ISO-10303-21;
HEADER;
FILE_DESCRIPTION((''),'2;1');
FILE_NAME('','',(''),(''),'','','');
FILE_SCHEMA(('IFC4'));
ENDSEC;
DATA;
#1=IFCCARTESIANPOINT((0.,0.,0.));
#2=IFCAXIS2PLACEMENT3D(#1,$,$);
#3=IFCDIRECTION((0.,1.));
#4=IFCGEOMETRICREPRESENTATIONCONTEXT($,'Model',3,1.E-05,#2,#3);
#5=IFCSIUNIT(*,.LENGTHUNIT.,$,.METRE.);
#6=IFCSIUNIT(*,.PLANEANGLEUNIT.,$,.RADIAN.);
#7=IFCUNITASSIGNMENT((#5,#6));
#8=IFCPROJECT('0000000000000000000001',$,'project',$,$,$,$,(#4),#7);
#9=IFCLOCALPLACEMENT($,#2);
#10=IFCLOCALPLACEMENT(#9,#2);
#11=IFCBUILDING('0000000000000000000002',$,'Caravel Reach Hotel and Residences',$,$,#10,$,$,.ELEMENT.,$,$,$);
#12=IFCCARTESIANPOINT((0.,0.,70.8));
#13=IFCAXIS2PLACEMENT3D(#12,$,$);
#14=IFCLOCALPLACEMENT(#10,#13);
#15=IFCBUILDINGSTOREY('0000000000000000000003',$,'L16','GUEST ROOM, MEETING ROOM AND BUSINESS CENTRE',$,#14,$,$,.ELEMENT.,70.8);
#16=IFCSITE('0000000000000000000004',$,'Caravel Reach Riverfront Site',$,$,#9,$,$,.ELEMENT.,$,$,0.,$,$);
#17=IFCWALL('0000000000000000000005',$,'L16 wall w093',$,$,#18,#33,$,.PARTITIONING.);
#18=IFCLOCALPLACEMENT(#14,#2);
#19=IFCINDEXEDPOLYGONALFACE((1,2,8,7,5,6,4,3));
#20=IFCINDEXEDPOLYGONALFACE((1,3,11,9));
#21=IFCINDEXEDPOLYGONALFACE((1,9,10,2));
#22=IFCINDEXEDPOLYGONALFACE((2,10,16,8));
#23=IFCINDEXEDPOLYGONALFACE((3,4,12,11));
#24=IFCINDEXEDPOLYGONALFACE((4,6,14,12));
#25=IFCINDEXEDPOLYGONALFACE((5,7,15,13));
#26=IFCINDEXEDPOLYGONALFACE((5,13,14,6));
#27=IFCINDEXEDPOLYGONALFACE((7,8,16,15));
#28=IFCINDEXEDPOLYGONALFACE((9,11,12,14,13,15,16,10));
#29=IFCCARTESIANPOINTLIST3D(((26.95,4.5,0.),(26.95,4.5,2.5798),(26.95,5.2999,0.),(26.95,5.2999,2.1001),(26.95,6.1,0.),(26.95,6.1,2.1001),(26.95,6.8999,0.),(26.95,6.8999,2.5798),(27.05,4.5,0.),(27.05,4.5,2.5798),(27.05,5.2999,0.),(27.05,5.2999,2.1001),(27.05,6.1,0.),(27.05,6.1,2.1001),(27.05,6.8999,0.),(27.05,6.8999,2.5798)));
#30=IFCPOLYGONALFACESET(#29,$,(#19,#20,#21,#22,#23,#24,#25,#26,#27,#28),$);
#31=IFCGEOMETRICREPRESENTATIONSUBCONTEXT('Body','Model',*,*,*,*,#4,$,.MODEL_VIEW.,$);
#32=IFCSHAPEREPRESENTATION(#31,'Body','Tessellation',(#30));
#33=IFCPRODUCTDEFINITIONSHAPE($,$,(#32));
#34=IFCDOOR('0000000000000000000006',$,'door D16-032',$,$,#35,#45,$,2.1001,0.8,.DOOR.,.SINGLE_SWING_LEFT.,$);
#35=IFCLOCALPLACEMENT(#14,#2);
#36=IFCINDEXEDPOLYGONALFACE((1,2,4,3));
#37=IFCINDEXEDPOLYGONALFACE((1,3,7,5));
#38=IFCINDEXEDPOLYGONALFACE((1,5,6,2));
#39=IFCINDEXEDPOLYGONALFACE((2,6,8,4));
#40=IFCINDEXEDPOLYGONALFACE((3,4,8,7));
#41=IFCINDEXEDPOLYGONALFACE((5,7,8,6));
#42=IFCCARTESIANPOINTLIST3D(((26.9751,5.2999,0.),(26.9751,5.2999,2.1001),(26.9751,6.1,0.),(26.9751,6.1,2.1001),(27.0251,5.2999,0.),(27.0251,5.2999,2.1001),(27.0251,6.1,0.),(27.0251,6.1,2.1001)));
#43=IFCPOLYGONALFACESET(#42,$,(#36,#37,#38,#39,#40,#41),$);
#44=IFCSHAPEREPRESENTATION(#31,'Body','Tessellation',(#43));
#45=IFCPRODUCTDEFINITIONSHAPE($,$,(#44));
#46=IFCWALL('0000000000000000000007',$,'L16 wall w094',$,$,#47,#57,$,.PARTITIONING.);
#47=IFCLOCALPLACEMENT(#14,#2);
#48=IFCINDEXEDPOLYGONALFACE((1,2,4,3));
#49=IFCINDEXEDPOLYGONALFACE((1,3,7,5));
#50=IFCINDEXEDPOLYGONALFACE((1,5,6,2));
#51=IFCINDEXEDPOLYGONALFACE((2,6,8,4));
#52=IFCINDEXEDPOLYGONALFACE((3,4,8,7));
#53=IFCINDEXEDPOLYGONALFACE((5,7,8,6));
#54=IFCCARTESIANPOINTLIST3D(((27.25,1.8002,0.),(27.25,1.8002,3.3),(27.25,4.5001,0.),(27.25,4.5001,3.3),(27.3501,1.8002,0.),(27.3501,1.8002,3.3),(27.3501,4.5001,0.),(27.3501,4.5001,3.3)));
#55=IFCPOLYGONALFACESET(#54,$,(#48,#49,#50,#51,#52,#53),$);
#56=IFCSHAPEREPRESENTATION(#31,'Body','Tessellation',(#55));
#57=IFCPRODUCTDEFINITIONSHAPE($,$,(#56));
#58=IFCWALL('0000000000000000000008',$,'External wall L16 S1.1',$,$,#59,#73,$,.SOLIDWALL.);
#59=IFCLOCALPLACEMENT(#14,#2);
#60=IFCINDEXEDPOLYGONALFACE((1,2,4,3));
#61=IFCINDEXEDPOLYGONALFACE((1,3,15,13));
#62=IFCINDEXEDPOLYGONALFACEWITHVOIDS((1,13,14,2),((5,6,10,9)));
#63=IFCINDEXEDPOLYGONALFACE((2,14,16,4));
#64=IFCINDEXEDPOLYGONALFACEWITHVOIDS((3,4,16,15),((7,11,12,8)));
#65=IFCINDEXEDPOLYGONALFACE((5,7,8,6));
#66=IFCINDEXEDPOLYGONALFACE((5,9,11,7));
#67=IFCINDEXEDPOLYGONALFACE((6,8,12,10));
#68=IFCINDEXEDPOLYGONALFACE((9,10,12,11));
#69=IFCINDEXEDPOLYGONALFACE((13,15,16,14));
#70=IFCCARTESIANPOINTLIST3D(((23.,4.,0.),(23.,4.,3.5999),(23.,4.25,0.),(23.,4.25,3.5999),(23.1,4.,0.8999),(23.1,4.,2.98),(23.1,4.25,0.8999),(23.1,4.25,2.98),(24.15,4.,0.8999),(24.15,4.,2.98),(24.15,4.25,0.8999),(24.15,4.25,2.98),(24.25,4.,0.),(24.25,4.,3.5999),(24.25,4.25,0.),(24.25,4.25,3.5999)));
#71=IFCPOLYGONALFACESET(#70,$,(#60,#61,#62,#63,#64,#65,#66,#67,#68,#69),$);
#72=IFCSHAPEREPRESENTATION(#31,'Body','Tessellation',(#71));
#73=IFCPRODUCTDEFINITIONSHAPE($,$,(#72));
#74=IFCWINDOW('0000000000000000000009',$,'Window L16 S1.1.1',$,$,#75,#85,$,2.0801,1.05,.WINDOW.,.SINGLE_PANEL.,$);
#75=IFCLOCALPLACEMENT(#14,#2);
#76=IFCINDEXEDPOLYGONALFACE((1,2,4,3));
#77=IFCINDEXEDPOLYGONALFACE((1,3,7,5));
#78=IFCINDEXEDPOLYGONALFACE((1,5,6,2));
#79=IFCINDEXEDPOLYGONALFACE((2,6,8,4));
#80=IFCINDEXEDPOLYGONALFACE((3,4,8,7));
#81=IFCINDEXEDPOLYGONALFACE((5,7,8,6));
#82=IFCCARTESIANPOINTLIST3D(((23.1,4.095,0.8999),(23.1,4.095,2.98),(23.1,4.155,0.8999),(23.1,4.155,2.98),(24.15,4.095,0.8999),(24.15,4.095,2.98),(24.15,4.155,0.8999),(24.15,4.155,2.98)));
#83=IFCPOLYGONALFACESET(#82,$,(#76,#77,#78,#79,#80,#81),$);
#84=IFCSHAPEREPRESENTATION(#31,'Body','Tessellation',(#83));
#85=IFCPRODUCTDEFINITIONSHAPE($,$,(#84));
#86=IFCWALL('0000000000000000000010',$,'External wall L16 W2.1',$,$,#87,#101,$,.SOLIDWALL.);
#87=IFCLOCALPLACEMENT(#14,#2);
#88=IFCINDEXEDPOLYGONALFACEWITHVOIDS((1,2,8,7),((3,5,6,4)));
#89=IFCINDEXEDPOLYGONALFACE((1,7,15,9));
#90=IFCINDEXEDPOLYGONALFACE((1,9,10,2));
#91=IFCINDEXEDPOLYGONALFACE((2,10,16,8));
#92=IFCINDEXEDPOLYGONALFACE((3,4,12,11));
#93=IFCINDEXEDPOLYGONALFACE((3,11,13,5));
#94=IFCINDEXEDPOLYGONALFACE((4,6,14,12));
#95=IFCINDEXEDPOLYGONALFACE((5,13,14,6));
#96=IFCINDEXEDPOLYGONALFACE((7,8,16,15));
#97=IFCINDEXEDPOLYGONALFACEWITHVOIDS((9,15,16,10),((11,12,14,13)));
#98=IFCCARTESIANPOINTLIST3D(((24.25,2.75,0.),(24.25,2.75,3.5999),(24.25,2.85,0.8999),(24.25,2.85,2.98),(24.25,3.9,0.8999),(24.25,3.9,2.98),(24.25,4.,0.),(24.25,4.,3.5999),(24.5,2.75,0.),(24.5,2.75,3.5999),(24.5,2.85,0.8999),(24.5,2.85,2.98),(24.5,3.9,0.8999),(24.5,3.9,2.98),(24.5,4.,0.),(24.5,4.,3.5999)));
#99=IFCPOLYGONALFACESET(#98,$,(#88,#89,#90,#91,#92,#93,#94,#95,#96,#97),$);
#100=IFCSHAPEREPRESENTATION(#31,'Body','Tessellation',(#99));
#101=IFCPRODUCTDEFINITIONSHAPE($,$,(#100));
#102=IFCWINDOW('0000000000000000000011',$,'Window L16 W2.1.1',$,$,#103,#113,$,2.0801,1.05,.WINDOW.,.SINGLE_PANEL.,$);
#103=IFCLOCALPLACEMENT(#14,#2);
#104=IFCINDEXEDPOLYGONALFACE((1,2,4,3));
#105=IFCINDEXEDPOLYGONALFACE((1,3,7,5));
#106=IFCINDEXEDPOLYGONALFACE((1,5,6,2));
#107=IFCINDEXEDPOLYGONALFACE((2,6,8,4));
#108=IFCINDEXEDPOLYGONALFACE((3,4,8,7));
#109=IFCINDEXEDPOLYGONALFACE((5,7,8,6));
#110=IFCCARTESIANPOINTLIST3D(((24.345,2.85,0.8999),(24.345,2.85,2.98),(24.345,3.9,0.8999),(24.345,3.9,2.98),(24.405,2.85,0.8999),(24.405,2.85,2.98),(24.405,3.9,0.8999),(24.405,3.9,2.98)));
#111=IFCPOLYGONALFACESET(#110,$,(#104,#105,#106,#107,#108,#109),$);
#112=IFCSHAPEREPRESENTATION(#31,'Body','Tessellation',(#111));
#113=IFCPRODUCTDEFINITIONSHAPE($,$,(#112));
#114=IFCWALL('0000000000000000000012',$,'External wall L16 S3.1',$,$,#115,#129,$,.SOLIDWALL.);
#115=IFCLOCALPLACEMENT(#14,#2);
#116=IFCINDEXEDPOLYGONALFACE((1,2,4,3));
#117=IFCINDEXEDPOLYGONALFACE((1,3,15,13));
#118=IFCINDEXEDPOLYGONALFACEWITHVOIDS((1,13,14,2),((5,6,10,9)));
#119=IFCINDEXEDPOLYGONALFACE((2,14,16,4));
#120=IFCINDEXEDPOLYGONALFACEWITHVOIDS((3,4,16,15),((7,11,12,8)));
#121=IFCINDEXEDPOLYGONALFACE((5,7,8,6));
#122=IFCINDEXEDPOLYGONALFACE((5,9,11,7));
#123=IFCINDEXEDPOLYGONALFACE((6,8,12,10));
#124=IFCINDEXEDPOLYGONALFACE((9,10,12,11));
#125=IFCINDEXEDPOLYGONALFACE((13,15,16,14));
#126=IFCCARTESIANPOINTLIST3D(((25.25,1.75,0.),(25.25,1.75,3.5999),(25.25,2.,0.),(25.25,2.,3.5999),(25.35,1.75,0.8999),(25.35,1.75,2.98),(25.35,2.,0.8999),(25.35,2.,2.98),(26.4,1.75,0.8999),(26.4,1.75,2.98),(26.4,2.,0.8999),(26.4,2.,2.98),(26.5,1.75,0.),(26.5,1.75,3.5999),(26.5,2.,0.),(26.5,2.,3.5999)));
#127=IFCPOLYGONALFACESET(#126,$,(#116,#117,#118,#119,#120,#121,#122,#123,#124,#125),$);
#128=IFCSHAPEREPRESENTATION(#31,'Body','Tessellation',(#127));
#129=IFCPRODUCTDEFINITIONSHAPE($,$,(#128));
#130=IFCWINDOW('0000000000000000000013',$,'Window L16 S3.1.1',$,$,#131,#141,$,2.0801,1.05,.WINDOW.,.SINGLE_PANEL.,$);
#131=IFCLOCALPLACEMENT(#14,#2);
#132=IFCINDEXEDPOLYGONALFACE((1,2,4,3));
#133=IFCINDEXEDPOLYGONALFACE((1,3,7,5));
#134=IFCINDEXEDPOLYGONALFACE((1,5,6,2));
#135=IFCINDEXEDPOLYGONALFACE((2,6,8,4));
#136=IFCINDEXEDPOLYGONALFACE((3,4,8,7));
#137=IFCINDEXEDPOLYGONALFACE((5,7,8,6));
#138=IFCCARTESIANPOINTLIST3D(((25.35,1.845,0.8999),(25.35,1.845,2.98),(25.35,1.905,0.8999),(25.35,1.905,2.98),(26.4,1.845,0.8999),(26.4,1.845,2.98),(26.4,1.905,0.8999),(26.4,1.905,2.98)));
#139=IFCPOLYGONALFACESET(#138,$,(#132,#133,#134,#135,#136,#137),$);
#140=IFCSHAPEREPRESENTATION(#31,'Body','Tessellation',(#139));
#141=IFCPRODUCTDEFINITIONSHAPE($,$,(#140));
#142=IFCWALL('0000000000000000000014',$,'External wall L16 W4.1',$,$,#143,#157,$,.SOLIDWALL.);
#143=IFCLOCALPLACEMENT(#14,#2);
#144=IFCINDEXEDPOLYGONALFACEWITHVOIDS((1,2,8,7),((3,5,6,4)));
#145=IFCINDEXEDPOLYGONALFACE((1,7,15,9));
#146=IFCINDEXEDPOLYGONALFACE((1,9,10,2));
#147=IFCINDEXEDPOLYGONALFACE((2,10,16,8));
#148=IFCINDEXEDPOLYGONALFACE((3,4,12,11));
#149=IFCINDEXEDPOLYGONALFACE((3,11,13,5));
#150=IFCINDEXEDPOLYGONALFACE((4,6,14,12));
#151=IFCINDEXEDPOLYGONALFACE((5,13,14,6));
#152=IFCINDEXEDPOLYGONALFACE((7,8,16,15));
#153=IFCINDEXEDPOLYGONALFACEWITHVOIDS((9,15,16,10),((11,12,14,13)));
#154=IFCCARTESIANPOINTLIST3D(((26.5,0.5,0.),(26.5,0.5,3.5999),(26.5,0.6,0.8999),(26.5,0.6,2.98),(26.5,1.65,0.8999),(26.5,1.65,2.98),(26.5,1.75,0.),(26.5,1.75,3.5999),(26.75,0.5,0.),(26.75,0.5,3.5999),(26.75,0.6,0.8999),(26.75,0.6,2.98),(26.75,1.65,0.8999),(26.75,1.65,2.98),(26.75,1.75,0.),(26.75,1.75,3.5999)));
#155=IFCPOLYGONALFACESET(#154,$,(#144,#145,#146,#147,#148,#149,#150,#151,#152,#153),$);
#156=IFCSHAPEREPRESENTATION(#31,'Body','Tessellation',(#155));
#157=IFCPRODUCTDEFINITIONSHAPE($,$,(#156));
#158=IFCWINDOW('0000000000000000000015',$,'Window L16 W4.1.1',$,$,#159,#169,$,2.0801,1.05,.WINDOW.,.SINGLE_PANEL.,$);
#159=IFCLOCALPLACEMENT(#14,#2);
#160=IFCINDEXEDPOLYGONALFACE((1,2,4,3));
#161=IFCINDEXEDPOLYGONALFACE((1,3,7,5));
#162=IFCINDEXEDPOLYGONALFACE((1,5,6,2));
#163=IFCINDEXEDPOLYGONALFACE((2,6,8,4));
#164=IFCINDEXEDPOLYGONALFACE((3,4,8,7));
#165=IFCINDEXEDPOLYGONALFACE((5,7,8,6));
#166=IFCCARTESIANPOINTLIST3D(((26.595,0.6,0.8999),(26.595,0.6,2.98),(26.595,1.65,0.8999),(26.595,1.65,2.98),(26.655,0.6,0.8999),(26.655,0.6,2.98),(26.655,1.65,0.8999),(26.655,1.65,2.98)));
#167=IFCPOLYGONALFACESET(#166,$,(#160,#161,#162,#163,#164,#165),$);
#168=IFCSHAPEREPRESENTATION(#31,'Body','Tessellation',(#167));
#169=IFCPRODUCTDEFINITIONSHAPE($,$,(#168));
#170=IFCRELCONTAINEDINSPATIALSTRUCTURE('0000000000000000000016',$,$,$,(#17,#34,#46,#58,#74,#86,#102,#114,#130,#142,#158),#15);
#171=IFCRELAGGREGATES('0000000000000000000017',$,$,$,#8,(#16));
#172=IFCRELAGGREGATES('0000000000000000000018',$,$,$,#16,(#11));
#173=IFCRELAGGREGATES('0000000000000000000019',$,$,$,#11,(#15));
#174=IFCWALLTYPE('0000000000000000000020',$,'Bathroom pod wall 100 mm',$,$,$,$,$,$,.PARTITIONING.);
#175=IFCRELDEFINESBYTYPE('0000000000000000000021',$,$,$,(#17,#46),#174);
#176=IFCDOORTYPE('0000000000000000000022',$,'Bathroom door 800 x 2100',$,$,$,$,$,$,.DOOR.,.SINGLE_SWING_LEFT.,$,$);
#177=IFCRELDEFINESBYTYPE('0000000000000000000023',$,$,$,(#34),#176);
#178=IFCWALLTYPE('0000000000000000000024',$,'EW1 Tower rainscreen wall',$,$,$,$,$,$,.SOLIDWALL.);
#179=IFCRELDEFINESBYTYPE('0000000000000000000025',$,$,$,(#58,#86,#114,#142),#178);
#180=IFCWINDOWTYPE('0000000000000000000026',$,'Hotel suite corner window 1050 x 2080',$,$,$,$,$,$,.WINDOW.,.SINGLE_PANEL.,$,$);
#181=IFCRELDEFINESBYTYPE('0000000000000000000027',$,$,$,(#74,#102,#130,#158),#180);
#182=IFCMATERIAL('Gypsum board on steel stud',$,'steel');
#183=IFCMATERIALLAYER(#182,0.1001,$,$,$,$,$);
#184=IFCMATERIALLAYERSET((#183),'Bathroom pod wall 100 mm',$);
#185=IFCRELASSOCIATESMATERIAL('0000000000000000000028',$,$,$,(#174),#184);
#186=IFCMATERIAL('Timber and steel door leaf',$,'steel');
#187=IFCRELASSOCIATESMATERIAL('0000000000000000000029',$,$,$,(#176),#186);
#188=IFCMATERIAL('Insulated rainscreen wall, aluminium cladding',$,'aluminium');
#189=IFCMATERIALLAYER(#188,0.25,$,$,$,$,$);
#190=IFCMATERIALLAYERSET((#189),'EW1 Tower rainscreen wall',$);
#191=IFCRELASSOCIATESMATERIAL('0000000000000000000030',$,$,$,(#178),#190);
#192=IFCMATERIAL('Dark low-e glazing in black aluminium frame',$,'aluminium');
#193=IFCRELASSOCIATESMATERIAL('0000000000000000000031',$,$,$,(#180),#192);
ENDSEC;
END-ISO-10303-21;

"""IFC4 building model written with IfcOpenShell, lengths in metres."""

from ifc_helpers import new_model, si_unit, direction, frame, frame_2d, origin, place, context, subcontext, project, spatial, rectangle, extrude, material, layer, layer_set, type_object, element, fill, save


model = new_model("IFC4")

# Units and contexts
model_context = context("Model", 3, precision=1e-05, world=origin(), true_north=direction((0.0, 1.0)))
body_context = subcontext(model_context, "Body", "Model", "MODEL_VIEW")
ifc_project = project(units=[si_unit("LENGTHUNIT", "METRE"), si_unit("PLANEANGLEUNIT", "RADIAN")], contexts=[model_context])

# Site, building, storey
site_placement = place(None, origin())
site = spatial("IfcSite", under=ifc_project, at=site_placement, Name="Caravel Reach Riverfront Site", CompositionType="ELEMENT", RefElevation=0.0)
building_placement = place(site_placement, origin())
building = spatial("IfcBuilding", under=site, at=building_placement, Name="Caravel Reach Hotel and Residences", CompositionType="ELEMENT")
storey_placement = place(building_placement, frame((0.0, 0.0, 70.8)))
storey = spatial("IfcBuildingStorey", under=building, at=storey_placement, Name="L16", Description="GUEST ROOM, MEETING ROOM AND BUSINESS CENTRE", CompositionType="ELEMENT", Elevation=70.8)

# Shared definitions
ifc_material_1 = material(Name="Gypsum board on steel stud", Category="steel")
ifc_layer_1 = layer(ifc_material_1, 0.1001)
ifc_layer_set_1 = layer_set([ifc_layer_1], Name="Bathroom pod wall 100 mm")
wall_type_1 = type_object("IfcWallType", Name="Bathroom pod wall 100 mm", PredefinedType="PARTITIONING", material=ifc_layer_set_1)
ifc_material_2 = material(Name="Timber and steel door leaf", Category="steel")
door_type = type_object("IfcDoorType", Name="Bathroom door 800 x 2100", OperationType="SINGLE_SWING_LEFT", PredefinedType="DOOR", material=ifc_material_2)

# Wall, opening, door
wall_1_placement = place(storey_placement, frame((27.0, 4.5, 0.0), z_axis=(0.0, 0.0, 1.0), x_axis=(0.0, 1.0, 0.0)))
wall_1 = element("IfcWall", 1, at=wall_1_placement, inside=storey, type_object=wall_type_1, Name="L16 wall w093", PredefinedType="PARTITIONING", context=body_context, shape_type="SweptSolid", body=[
    extrude(rectangle(XDim=2.3999, YDim=0.1001, at=frame_2d((1.2, 0.0))), origin(), (0.0, 0.0, 1.0), 2.5798),
])
opening_1_placement = place(wall_1_placement, frame((0.8, 0.0, 0.0)))
opening_1 = element("IfcOpeningElement", 2, at=opening_1_placement, cuts=wall_1, PredefinedType="OPENING", context=body_context, shape_type="SweptSolid", body=[
    extrude(rectangle(XDim=0.8, YDim=2.1001, at=frame_2d((0.3999, 1.05))), frame((0.0, 0.0601, 0.0), z_axis=(0.0, -1.0, 0.0), x_axis=(1.0, 0.0, 0.0)), (0.0, 0.0, 1.0), 0.1201),
])
door_1_placement = place(opening_1_placement, origin())
door_1 = element("IfcDoor", 3, at=door_1_placement, inside=storey, type_object=door_type, Name="door D16-032", OperationType="SINGLE_SWING_LEFT", OverallHeight=2.1001, OverallWidth=0.8, PredefinedType="DOOR", context=body_context, shape_type="SweptSolid", body=[
    extrude(rectangle(XDim=0.8, YDim=2.1001, at=frame_2d((0.3999, 1.05))), frame((0.0, 0.0249, 0.0), z_axis=(0.0, -1.0, 0.0), x_axis=(1.0, 0.0, 0.0)), (0.0, 0.0, 1.0), 0.05),
])
fill(opening_1, door_1)

# Wall
wall_2_placement = place(storey_placement, frame((27.3, 1.8, 0.0), z_axis=(0.0, 0.0, 1.0), x_axis=(0.0, 1.0, 0.0)))
element("IfcWall", 4, at=wall_2_placement, inside=storey, type_object=wall_type_1, Name="L16 wall w094", PredefinedType="PARTITIONING", context=body_context, shape_type="SweptSolid", body=[
    extrude(rectangle(XDim=2.7, YDim=0.1001, at=frame_2d((1.3501, 0.0))), origin(), (0.0, 0.0, 1.0), 3.3),
])

# Walls, openings, windows
ifc_material_3 = material(Name="Insulated rainscreen wall, aluminium cladding", Category="aluminium")
ifc_layer_2 = layer(ifc_material_3, 0.25)
ifc_layer_set_2 = layer_set([ifc_layer_2], Name="EW1 Tower rainscreen wall")
wall_type_2 = type_object("IfcWallType", Name="EW1 Tower rainscreen wall", PredefinedType="SOLIDWALL", material=ifc_layer_set_2)
wall_3_placement = place(storey_placement, frame((23.0, 4.125, 0.0), z_axis=(0.0, 0.0, 1.0), x_axis=(1.0, 0.0, 0.0)))
wall_3 = element("IfcWall", 5, at=wall_3_placement, inside=storey, type_object=wall_type_2, Name="External wall L16 S1.1", PredefinedType="SOLIDWALL", context=body_context, shape_type="SweptSolid", body=[
    extrude(rectangle(XDim=1.25, YDim=0.25, at=frame_2d((0.625, 0.0))), origin(), (0.0, 0.0, 1.0), 3.5999),
])
opening_2_placement = place(wall_3_placement, frame((0.1001, 0.0, 0.8999)))
opening_2 = element("IfcOpeningElement", 6, at=opening_2_placement, cuts=wall_3, PredefinedType="OPENING", context=body_context, shape_type="SweptSolid", body=[
    extrude(rectangle(XDim=1.05, YDim=2.0801, at=frame_2d((0.5249, 1.04))), frame((0.0, 0.135, 0.0), z_axis=(0.0, -1.0, 0.0), x_axis=(1.0, 0.0, 0.0)), (0.0, 0.0, 1.0), 0.27),
])
ifc_material_4 = material(Name="Dark low-e glazing in black aluminium frame", Category="aluminium")
window_type_1 = type_object("IfcWindowType", Name="Hotel suite corner window 1050 x 2080", PartitioningType="SINGLE_PANEL", PredefinedType="WINDOW", material=ifc_material_4)
window_1_placement = place(opening_2_placement, origin())
window_1 = element("IfcWindow", 7, at=window_1_placement, inside=storey, type_object=window_type_1, Name="Window L16 S1.1.1", OverallHeight=2.0801, OverallWidth=1.05, PartitioningType="SINGLE_PANEL", PredefinedType="WINDOW", context=body_context, shape_type="SweptSolid", body=[
    extrude(rectangle(XDim=1.05, YDim=2.0801, at=frame_2d((0.5249, 1.04))), frame((0.0, 0.03, 0.0), z_axis=(0.0, -1.0, 0.0), x_axis=(1.0, 0.0, 0.0)), (0.0, 0.0, 1.0), 0.0601),
])
fill(opening_2, window_1)
wall_4_placement = place(storey_placement, frame((24.375, 4.0, 0.0), z_axis=(0.0, 0.0, 1.0), x_axis=(0.0, -1.0, 0.0)))
wall_4 = element("IfcWall", 8, at=wall_4_placement, inside=storey, type_object=wall_type_2, Name="External wall L16 W2.1", PredefinedType="SOLIDWALL", context=body_context, shape_type="SweptSolid", body=[
    extrude(rectangle(XDim=1.25, YDim=0.25, at=frame_2d((0.625, 0.0))), origin(), (0.0, 0.0, 1.0), 3.5999),
])
opening_3_placement = place(wall_4_placement, frame((0.1001, 0.0, 0.8999)))
opening_3 = element("IfcOpeningElement", 9, at=opening_3_placement, cuts=wall_4, PredefinedType="OPENING", context=body_context, shape_type="SweptSolid", body=[
    extrude(rectangle(XDim=1.05, YDim=2.0801, at=frame_2d((0.5249, 1.04))), frame((0.0, 0.135, 0.0), z_axis=(0.0, -1.0, 0.0), x_axis=(1.0, 0.0, 0.0)), (0.0, 0.0, 1.0), 0.27),
])
window_2_placement = place(opening_3_placement, origin())
window_2 = element("IfcWindow", 10, at=window_2_placement, inside=storey, type_object=window_type_1, Name="Window L16 W2.1.1", OverallHeight=2.0801, OverallWidth=1.05, PartitioningType="SINGLE_PANEL", PredefinedType="WINDOW", context=body_context, shape_type="SweptSolid", body=[
    extrude(rectangle(XDim=1.05, YDim=2.0801, at=frame_2d((0.5249, 1.04))), frame((0.0, 0.03, 0.0), z_axis=(0.0, -1.0, 0.0), x_axis=(1.0, 0.0, 0.0)), (0.0, 0.0, 1.0), 0.0601),
])
fill(opening_3, window_2)
wall_5_placement = place(storey_placement, frame((25.25, 1.875, 0.0), z_axis=(0.0, 0.0, 1.0), x_axis=(1.0, 0.0, 0.0)))
wall_5 = element("IfcWall", 11, at=wall_5_placement, inside=storey, type_object=wall_type_2, Name="External wall L16 S3.1", PredefinedType="SOLIDWALL", context=body_context, shape_type="SweptSolid", body=[
    extrude(rectangle(XDim=1.25, YDim=0.25, at=frame_2d((0.625, 0.0))), origin(), (0.0, 0.0, 1.0), 3.5999),
])
opening_4_placement = place(wall_5_placement, frame((0.1001, 0.0, 0.8999)))
opening_4 = element("IfcOpeningElement", 12, at=opening_4_placement, cuts=wall_5, PredefinedType="OPENING", context=body_context, shape_type="SweptSolid", body=[
    extrude(rectangle(XDim=1.05, YDim=2.0801, at=frame_2d((0.5249, 1.04))), frame((0.0, 0.135, 0.0), z_axis=(0.0, -1.0, 0.0), x_axis=(1.0, 0.0, 0.0)), (0.0, 0.0, 1.0), 0.27),
])
window_3_placement = place(opening_4_placement, origin())
window_3 = element("IfcWindow", 13, at=window_3_placement, inside=storey, type_object=window_type_1, Name="Window L16 S3.1.1", OverallHeight=2.0801, OverallWidth=1.05, PartitioningType="SINGLE_PANEL", PredefinedType="WINDOW", context=body_context, shape_type="SweptSolid", body=[
    extrude(rectangle(XDim=1.05, YDim=2.0801, at=frame_2d((0.5249, 1.04))), frame((0.0, 0.03, 0.0), z_axis=(0.0, -1.0, 0.0), x_axis=(1.0, 0.0, 0.0)), (0.0, 0.0, 1.0), 0.0601),
])
fill(opening_4, window_3)
wall_6_placement = place(storey_placement, frame((26.625, 1.75, 0.0), z_axis=(0.0, 0.0, 1.0), x_axis=(0.0, -1.0, 0.0)))
wall_6 = element("IfcWall", 14, at=wall_6_placement, inside=storey, type_object=wall_type_2, Name="External wall L16 W4.1", PredefinedType="SOLIDWALL", context=body_context, shape_type="SweptSolid", body=[
    extrude(rectangle(XDim=1.25, YDim=0.25, at=frame_2d((0.625, 0.0))), origin(), (0.0, 0.0, 1.0), 3.5999),
])
opening_5_placement = place(wall_6_placement, frame((0.1001, 0.0, 0.8999)))
opening_5 = element("IfcOpeningElement", 15, at=opening_5_placement, cuts=wall_6, PredefinedType="OPENING", context=body_context, shape_type="SweptSolid", body=[
    extrude(rectangle(XDim=1.05, YDim=2.0801, at=frame_2d((0.5249, 1.04))), frame((0.0, 0.135, 0.0), z_axis=(0.0, -1.0, 0.0), x_axis=(1.0, 0.0, 0.0)), (0.0, 0.0, 1.0), 0.27),
])
window_4_placement = place(opening_5_placement, origin())
window_4 = element("IfcWindow", 16, at=window_4_placement, inside=storey, type_object=window_type_1, Name="Window L16 W4.1.1", OverallHeight=2.0801, OverallWidth=1.05, PartitioningType="SINGLE_PANEL", PredefinedType="WINDOW", context=body_context, shape_type="SweptSolid", body=[
    extrude(rectangle(XDim=1.05, YDim=2.0801, at=frame_2d((0.5249, 1.04))), frame((0.0, 0.03, 0.0), z_axis=(0.0, -1.0, 0.0), x_axis=(1.0, 0.0, 0.0)), (0.0, 0.0, 1.0), 0.0601),
])
fill(opening_5, window_4)

save(model, "model.ifc")
